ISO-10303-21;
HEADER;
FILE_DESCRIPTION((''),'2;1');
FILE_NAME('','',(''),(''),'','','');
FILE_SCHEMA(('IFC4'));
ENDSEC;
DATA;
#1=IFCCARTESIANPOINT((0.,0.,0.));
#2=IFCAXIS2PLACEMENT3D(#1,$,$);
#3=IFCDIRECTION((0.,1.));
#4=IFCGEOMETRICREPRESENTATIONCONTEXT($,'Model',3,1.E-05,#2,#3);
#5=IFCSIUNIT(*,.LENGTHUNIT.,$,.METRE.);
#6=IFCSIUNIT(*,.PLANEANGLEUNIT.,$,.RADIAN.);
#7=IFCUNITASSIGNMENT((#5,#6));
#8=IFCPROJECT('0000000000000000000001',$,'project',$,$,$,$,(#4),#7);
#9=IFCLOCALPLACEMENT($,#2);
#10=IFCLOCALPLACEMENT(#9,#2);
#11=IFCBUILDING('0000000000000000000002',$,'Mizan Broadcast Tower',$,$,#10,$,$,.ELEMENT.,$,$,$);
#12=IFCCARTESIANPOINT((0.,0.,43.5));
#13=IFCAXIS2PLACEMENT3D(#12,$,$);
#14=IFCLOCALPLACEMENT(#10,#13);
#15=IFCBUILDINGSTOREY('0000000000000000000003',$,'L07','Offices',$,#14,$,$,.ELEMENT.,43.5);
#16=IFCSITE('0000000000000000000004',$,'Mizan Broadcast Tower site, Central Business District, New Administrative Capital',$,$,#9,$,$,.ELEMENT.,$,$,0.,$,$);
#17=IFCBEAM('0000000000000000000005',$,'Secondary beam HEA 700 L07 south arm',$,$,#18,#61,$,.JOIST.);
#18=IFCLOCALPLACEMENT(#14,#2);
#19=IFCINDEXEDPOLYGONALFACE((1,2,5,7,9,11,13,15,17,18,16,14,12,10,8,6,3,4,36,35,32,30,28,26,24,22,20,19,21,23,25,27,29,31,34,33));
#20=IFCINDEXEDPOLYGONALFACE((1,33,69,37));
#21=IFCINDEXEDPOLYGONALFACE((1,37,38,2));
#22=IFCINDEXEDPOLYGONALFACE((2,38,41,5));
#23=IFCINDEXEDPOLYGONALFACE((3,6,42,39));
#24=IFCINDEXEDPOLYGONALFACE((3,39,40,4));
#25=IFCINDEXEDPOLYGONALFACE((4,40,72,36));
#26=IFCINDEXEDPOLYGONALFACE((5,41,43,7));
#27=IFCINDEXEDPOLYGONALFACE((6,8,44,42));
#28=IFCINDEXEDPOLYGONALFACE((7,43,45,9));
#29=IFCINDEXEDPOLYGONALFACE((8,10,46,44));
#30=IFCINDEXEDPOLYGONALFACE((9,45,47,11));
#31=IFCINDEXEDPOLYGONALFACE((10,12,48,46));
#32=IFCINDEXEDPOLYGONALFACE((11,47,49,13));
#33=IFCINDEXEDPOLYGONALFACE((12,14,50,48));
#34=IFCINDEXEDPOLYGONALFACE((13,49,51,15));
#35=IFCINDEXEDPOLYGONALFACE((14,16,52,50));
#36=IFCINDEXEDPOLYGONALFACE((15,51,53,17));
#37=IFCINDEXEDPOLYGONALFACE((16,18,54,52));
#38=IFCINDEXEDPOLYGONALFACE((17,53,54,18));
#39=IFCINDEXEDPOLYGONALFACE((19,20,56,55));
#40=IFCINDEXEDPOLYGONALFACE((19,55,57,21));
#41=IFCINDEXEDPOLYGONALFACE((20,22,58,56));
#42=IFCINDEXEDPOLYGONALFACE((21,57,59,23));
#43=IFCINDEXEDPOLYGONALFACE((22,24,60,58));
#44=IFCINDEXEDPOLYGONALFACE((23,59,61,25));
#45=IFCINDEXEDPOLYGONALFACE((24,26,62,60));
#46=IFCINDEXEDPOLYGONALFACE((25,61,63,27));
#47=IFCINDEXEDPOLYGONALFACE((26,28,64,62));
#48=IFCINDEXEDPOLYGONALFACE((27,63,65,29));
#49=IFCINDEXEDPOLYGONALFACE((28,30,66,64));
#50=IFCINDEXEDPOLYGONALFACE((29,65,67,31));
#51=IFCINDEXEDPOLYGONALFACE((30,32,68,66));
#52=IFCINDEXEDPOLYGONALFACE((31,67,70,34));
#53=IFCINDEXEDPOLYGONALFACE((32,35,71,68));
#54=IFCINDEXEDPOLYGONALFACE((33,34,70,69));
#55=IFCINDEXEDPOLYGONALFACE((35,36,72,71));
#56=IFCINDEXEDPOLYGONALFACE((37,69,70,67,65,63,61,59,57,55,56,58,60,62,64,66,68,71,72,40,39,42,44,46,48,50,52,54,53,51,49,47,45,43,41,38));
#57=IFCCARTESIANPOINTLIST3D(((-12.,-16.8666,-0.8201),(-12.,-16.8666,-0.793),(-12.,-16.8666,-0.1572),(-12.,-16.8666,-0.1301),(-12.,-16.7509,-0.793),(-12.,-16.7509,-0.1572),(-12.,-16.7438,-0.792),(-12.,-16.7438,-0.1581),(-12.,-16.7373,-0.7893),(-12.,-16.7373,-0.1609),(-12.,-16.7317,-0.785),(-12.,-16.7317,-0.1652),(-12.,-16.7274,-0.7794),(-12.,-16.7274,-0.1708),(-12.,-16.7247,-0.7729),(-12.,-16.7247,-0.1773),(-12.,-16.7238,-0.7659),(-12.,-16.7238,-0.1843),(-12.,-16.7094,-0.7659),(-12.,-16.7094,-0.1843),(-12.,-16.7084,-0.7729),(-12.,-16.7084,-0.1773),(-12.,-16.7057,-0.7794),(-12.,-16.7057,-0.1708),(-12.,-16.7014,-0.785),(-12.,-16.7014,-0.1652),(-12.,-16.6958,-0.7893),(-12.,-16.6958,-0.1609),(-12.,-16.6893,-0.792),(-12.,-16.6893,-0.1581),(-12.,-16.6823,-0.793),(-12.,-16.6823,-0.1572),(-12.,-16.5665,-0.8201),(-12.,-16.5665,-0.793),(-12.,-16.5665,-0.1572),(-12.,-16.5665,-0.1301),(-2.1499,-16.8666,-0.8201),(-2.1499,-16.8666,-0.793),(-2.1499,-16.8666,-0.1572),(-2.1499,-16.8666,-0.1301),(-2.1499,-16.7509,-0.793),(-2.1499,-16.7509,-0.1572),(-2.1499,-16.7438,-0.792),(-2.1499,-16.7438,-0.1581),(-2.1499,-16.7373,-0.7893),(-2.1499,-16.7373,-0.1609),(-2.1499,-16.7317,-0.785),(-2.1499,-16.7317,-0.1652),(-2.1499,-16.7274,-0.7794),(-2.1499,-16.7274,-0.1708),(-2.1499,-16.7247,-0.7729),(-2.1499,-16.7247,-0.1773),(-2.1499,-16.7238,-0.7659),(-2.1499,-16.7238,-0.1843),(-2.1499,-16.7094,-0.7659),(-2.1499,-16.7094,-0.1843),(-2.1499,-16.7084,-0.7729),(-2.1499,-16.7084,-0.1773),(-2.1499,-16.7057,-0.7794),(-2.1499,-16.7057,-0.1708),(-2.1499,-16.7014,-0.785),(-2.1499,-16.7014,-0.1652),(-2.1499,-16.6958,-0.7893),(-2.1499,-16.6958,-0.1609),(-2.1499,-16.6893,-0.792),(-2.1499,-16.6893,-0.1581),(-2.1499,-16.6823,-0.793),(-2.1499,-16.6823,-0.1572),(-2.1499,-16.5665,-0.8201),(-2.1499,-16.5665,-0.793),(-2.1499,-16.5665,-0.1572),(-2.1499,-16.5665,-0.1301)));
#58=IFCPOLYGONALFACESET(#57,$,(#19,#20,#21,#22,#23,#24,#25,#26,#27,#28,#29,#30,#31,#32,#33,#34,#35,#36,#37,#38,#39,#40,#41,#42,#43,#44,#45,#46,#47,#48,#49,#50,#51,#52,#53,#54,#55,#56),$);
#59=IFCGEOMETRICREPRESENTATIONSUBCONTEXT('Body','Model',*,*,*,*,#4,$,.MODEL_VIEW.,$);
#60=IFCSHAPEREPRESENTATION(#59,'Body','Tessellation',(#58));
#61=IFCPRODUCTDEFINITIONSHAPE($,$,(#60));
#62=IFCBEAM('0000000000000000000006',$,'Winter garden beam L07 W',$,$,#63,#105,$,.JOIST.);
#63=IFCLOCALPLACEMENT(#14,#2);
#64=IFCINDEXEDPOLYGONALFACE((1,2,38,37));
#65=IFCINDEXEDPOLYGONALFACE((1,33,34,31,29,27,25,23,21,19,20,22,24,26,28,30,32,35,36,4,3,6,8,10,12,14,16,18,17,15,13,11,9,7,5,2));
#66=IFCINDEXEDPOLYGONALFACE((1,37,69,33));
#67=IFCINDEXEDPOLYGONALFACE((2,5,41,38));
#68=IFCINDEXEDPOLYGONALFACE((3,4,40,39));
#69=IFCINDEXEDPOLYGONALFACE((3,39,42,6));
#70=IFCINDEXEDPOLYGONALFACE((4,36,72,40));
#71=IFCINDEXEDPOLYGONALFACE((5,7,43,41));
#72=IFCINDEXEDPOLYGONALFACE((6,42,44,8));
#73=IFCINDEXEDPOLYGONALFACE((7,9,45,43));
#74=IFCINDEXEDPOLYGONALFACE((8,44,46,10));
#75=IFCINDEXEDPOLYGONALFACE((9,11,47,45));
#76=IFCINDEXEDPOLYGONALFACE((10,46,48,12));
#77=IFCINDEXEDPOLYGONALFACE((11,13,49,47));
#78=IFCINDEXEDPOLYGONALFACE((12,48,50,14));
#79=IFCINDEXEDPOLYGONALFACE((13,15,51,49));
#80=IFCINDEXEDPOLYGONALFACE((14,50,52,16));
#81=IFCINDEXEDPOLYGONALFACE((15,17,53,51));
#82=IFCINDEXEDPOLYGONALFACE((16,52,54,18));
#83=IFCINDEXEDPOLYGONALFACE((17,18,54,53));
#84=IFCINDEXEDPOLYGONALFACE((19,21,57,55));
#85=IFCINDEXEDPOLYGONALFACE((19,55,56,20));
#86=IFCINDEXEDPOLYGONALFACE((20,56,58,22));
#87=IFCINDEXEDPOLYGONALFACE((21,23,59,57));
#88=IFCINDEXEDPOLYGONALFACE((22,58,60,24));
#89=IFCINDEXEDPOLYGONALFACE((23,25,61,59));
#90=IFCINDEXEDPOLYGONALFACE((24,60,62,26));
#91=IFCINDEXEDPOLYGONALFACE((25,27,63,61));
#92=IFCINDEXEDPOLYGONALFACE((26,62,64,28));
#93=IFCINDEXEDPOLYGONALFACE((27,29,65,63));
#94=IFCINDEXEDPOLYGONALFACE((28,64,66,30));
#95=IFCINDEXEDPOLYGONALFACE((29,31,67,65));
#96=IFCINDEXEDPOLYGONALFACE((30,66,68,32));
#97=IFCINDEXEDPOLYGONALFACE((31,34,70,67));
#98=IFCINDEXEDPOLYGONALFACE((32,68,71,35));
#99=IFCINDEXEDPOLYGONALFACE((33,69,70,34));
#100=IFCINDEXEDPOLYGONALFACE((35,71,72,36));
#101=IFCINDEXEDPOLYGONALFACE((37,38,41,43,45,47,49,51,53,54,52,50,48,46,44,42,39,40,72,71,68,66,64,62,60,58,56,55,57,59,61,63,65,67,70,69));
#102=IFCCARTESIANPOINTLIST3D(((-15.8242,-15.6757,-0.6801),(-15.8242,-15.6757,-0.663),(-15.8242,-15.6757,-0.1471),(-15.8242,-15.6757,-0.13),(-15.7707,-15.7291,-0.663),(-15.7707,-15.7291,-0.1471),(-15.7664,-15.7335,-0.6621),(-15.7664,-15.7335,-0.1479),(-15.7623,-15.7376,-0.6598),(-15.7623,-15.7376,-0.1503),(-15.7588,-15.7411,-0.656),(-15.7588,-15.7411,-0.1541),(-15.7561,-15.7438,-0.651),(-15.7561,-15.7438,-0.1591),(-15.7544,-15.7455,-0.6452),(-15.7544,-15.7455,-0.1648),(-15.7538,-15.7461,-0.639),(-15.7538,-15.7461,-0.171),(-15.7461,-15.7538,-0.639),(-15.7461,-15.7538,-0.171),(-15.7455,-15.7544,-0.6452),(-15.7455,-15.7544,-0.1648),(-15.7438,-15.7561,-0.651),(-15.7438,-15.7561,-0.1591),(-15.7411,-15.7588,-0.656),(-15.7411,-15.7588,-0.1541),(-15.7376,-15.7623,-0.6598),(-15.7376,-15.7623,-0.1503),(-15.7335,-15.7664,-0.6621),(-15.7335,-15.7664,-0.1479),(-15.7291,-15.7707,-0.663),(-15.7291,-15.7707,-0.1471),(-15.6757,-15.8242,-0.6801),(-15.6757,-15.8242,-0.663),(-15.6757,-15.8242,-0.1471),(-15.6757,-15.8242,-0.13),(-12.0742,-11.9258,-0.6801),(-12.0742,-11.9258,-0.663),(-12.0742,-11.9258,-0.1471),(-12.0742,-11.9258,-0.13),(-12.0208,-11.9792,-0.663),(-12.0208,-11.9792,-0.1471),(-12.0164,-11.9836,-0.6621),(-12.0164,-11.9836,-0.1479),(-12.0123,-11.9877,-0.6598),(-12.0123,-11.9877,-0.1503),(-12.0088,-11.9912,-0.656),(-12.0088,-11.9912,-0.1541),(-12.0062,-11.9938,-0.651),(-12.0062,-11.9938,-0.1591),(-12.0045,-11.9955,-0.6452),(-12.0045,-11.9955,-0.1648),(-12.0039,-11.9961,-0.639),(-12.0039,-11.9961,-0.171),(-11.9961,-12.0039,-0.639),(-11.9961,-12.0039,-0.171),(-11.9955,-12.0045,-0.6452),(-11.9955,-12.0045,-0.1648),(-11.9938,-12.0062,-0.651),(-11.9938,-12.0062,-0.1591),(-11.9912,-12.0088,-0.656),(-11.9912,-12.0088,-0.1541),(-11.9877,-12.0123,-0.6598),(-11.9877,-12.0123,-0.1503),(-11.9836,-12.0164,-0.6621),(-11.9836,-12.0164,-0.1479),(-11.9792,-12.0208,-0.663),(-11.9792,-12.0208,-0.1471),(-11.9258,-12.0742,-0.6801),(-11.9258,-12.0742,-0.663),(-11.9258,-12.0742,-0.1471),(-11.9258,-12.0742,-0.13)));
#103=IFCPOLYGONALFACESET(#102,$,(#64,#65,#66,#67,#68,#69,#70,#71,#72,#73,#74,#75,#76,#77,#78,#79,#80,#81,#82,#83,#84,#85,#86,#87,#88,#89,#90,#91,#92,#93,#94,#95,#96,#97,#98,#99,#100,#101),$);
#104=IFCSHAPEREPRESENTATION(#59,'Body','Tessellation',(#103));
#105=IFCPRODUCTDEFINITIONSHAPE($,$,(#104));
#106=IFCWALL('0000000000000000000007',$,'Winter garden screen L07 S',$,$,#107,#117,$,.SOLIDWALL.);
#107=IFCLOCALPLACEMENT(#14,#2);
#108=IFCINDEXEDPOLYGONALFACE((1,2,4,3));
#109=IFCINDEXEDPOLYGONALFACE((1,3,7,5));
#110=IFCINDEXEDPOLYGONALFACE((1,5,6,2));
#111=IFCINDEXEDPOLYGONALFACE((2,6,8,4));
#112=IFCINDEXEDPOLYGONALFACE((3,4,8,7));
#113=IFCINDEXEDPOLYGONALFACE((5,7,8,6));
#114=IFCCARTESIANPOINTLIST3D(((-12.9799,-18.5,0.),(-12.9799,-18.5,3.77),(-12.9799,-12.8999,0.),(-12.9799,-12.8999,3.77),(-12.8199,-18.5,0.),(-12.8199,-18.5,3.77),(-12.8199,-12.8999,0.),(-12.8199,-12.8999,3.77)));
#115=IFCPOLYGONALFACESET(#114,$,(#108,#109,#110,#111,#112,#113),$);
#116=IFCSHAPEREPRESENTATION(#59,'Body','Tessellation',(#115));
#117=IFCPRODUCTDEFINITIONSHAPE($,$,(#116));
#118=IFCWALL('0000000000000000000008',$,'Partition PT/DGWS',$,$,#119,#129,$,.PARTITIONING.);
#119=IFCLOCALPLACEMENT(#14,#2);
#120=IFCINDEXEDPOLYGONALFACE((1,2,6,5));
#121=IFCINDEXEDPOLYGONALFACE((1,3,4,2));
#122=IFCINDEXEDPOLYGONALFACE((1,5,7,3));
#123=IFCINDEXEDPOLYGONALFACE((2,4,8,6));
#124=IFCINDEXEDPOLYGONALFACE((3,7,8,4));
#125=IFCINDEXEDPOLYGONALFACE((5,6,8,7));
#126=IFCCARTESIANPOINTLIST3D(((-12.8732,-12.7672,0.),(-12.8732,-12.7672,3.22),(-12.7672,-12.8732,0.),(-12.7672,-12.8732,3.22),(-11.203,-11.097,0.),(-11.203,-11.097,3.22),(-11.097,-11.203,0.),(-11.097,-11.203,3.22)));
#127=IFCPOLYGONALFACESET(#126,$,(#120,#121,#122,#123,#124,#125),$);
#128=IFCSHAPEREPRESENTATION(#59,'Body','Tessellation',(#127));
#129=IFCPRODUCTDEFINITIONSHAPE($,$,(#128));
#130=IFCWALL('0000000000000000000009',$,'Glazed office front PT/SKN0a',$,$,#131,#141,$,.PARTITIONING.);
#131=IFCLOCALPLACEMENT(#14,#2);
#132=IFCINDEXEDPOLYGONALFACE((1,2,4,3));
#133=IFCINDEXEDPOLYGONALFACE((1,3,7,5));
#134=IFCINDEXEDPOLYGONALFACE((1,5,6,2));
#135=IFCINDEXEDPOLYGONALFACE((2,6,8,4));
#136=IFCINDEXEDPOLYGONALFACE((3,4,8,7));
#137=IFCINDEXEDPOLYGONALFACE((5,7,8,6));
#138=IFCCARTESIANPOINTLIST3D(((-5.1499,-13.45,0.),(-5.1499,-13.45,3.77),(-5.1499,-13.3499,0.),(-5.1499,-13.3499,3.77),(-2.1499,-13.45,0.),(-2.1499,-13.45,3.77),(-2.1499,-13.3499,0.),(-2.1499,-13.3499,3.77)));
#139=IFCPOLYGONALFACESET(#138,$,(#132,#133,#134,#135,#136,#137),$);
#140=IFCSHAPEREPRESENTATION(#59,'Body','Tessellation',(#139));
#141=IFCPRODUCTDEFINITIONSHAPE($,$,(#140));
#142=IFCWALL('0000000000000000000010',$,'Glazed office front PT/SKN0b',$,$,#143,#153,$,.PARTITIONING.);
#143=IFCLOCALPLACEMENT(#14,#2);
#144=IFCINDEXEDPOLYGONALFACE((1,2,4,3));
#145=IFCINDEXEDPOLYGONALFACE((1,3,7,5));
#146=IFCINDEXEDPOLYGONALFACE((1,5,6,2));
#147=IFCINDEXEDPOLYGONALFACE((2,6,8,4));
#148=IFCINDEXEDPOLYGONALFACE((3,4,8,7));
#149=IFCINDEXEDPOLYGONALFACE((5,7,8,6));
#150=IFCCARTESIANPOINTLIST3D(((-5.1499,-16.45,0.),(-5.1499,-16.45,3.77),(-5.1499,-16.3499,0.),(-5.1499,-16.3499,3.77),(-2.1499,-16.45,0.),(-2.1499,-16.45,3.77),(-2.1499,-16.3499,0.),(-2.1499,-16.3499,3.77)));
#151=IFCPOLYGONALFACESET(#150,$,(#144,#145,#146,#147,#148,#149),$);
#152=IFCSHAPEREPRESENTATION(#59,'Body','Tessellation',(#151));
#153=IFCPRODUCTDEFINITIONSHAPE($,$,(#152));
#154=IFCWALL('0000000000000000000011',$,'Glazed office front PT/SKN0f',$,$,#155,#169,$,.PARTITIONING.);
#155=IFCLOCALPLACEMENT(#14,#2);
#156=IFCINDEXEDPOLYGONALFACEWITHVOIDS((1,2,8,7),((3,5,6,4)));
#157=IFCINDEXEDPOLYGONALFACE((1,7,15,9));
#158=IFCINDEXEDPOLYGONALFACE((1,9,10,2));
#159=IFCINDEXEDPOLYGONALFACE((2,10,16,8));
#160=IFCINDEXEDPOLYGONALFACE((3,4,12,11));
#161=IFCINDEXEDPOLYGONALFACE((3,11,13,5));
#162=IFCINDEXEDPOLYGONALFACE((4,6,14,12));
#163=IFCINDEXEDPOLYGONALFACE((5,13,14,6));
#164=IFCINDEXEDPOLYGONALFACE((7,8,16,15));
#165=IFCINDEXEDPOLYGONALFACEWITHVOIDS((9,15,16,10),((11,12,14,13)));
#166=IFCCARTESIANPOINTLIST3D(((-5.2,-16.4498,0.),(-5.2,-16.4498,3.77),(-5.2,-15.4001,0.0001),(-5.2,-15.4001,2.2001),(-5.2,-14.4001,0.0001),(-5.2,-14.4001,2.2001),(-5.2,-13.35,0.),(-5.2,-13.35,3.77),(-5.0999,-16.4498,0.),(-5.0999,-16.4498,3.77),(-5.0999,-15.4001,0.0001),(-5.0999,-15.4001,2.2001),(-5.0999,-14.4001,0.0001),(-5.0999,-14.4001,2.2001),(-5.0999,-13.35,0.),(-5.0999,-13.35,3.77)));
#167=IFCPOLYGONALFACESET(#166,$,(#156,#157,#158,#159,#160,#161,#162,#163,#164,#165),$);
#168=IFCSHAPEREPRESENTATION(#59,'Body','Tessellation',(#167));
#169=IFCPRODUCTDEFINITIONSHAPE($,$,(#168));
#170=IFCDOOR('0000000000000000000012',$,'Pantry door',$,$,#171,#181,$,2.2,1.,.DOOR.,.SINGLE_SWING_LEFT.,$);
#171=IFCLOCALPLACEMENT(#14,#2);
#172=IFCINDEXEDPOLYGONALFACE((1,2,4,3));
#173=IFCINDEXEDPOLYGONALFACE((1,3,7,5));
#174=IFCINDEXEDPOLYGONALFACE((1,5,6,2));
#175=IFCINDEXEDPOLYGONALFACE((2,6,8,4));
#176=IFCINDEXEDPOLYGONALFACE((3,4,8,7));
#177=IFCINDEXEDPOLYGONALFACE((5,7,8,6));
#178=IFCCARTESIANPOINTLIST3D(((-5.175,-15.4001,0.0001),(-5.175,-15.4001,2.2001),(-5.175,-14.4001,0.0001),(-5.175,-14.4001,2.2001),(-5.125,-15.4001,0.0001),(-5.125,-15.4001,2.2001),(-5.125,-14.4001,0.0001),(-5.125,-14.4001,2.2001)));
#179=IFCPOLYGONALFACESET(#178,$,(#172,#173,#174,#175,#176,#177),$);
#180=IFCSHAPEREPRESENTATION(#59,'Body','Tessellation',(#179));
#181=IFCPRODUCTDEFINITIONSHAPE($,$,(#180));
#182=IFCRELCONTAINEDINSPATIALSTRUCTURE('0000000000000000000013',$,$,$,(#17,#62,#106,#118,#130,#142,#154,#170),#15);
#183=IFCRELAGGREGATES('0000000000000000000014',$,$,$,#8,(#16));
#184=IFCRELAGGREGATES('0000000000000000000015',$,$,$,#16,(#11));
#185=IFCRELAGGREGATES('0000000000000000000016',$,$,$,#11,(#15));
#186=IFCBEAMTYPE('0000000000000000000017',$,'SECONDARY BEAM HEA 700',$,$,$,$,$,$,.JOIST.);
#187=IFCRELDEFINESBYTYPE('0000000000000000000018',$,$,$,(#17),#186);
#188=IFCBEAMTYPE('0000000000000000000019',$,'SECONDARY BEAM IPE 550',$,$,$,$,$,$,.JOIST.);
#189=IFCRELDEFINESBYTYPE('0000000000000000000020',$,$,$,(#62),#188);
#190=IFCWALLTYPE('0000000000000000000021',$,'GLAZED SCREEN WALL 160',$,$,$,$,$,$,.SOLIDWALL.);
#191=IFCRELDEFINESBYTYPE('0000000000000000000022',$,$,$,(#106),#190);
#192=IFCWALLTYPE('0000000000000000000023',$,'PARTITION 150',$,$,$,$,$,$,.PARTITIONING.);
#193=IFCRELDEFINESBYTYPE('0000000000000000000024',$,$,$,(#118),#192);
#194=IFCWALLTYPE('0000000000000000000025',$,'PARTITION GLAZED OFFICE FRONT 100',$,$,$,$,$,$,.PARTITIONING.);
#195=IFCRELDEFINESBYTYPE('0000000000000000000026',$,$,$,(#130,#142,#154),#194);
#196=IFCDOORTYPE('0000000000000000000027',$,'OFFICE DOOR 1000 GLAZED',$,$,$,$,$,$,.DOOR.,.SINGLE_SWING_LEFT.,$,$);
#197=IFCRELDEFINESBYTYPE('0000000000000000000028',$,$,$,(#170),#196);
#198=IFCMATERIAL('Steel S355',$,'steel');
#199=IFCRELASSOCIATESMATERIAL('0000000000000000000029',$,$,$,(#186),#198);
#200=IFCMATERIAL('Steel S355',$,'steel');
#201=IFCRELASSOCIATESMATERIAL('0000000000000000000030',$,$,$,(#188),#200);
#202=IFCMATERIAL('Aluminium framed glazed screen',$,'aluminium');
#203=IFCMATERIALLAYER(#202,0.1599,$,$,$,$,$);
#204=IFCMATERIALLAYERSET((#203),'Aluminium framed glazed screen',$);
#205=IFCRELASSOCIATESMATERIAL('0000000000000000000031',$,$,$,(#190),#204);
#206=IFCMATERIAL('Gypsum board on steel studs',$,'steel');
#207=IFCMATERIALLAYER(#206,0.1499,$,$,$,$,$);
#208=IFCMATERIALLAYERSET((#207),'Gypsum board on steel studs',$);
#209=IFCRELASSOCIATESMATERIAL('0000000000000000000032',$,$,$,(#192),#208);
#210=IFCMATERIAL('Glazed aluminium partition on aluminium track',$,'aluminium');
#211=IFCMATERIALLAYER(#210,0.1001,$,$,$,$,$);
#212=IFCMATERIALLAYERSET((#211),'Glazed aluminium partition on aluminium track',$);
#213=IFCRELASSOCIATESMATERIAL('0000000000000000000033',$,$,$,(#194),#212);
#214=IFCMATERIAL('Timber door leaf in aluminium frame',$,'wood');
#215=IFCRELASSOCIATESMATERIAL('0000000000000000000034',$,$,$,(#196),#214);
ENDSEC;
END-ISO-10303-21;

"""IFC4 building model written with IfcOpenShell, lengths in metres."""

from ifc_helpers import new_model, si_unit, direction, frame, frame_2d, origin, origin_2d, place, context, subcontext, project, spatial, rectangle, i_section, extrude, material, layer, layer_set, material_profile, profile_set, type_object, element, fill, save


model = new_model("IFC4")

# Units and contexts
model_context = context("Model", 3, precision=1e-05, world=origin(), true_north=direction((0.0, 1.0)))
body_context = subcontext(model_context, "Body", "Model", "MODEL_VIEW")
ifc_project = project(units=[si_unit("LENGTHUNIT", "METRE"), si_unit("PLANEANGLEUNIT", "RADIAN")], contexts=[model_context])

# Site, building, storey
site_placement = place(None, origin())
site = spatial("IfcSite", under=ifc_project, at=site_placement, Name="Mizan Broadcast Tower site, Central Business District, New Administrative Capital", CompositionType="ELEMENT", RefElevation=0.0)
building_placement = place(site_placement, origin())
building = spatial("IfcBuilding", under=site, at=building_placement, Name="Mizan Broadcast Tower", CompositionType="ELEMENT")
storey_placement = place(building_placement, frame((0.0, 0.0, 43.5)))
storey = spatial("IfcBuildingStorey", under=building, at=storey_placement, Name="L07", Description="Offices", CompositionType="ELEMENT", Elevation=43.5)

# Beams
ifc_material_1 = material(Name="Steel S355", Category="steel")
ifc_material_profile_1 = material_profile(ifc_material_1, i_section(OverallWidth=0.3, OverallDepth=0.6899, WebThickness=0.0144, FlangeThickness=0.0271, FilletRadius=0.0271, at=origin_2d()), Name="HEA 700")
ifc_profile_set_1 = profile_set([ifc_material_profile_1], Name="Steel S355")
beam_type_1 = type_object("IfcBeamType", Name="SECONDARY BEAM HEA 700", PredefinedType="JOIST", material=ifc_profile_set_1)
for number, where, z_axis, x_axis, name in (
    (1, (-12.0, -16.7166, -0.4751), (1.0, 0.0, 0.0), (0.0, 1.0, 0.0), "Secondary beam HEA 700 L07 south arm"),
):
    element("IfcBeam", number, at=place(storey_placement, frame(where, z_axis=z_axis, x_axis=x_axis)), inside=storey, type_object=beam_type_1, Name=name, PredefinedType="JOIST", context=body_context, shape_type="SweptSolid", body=[
        extrude(i_section(OverallWidth=0.3, OverallDepth=0.6899, WebThickness=0.0144, FlangeThickness=0.0271, FilletRadius=0.0271, at=origin_2d()), origin(), (0.0, 0.0, 1.0), 9.8501),
    ])
ifc_material_2 = material(Name="Steel S355", Category="steel")
ifc_material_profile_2 = material_profile(ifc_material_2, i_section(OverallWidth=0.21, OverallDepth=0.55, WebThickness=0.011, FlangeThickness=0.0171, FilletRadius=0.0239, at=origin_2d()), Name="IPE 550")
ifc_profile_set_2 = profile_set([ifc_material_profile_2], Name="Steel S355")
beam_type_2 = type_object("IfcBeamType", Name="SECONDARY BEAM IPE 550", PredefinedType="JOIST", material=ifc_profile_set_2)
beam_1_placement = place(storey_placement, frame((-12.0, -12.0, -0.405), z_axis=(-0.707107, -0.707107, 0.0), x_axis=(0.707107, -0.707107, 0.0)))
element("IfcBeam", 2, at=beam_1_placement, inside=storey, type_object=beam_type_2, Name="Winter garden beam L07 W", PredefinedType="JOIST", context=body_context, shape_type="SweptSolid", body=[
    extrude(i_section(OverallWidth=0.21, OverallDepth=0.55, WebThickness=0.011, FlangeThickness=0.0171, FilletRadius=0.0239, at=origin_2d()), origin(), (0.0, 0.0, 1.0), 5.3032),
])

# Walls
ifc_material_3 = material(Name="Aluminium framed glazed screen", Category="aluminium")
ifc_layer_1 = layer(ifc_material_3, 0.1599)
ifc_layer_set_1 = layer_set([ifc_layer_1], Name="Aluminium framed glazed screen")
wall_type_1 = type_object("IfcWallType", Name="GLAZED SCREEN WALL 160", PredefinedType="SOLIDWALL", material=ifc_layer_set_1)
wall_1_placement = place(storey_placement, frame((-12.8999, -12.8999, 0.0), z_axis=(0.0, 0.0, 1.0), x_axis=(0.0, -1.0, 0.0)))
element("IfcWall", 3, at=wall_1_placement, inside=storey, type_object=wall_type_1, Name="Winter garden screen L07 S", PredefinedType="SOLIDWALL", context=body_context, shape_type="SweptSolid", body=[
    extrude(rectangle(XDim=5.6001, YDim=0.1599, at=frame_2d((2.8, 0.0))), origin(), (0.0, 0.0, 1.0), 3.77),
])
ifc_material_4 = material(Name="Gypsum board on steel studs", Category="steel")
ifc_layer_2 = layer(ifc_material_4, 0.1499)
ifc_layer_set_2 = layer_set([ifc_layer_2], Name="Gypsum board on steel studs")
wall_type_2 = type_object("IfcWallType", Name="PARTITION 150", PredefinedType="PARTITIONING", material=ifc_layer_set_2)
wall_2_placement = place(storey_placement, frame((-11.1499, -11.1499, 0.0), z_axis=(0.0, 0.0, 1.0), x_axis=(-0.707107, -0.707107, 0.0)))
element("IfcWall", 4, at=wall_2_placement, inside=storey, type_object=wall_type_2, Name="Partition PT/DGWS", PredefinedType="PARTITIONING", context=body_context, shape_type="SweptSolid", body=[
    extrude(rectangle(XDim=2.3621, YDim=0.1499, at=frame_2d((1.1812, 0.0))), origin(), (0.0, 0.0, 1.0), 3.22),
])
ifc_material_5 = material(Name="Glazed aluminium partition on aluminium track", Category="aluminium")
ifc_layer_3 = layer(ifc_material_5, 0.1001)
ifc_layer_set_3 = layer_set([ifc_layer_3], Name="Glazed aluminium partition on aluminium track")
wall_type_3 = type_object("IfcWallType", Name="PARTITION GLAZED OFFICE FRONT 100", PredefinedType="PARTITIONING", material=ifc_layer_set_3)
for number, where, z_axis, x_axis, name in (
    (5, (-2.1499, -13.3999, 0.0), (0.0, 0.0, 1.0), (-1.0, 0.0, 0.0), "Glazed office front PT/SKN0a"),
    (6, (-2.1499, -16.3999, 0.0), (0.0, 0.0, 1.0), (-1.0, 0.0, 0.0), "Glazed office front PT/SKN0b"),
):
    element("IfcWall", number, at=place(storey_placement, frame(where, z_axis=z_axis, x_axis=x_axis)), inside=storey, type_object=wall_type_3, Name=name, PredefinedType="PARTITIONING", context=body_context, shape_type="SweptSolid", body=[
        extrude(rectangle(XDim=3.0, YDim=0.1001, at=frame_2d((1.5, 0.0))), origin(), (0.0, 0.0, 1.0), 3.77),
    ])

# Wall, opening, door
wall_3_placement = place(storey_placement, frame((-5.1499, -13.3501, 0.0), z_axis=(0.0, 0.0, 1.0), x_axis=(0.0, -1.0, 0.0)))
wall_3 = element("IfcWall", 7, at=wall_3_placement, inside=storey, type_object=wall_type_3, Name="Glazed office front PT/SKN0f", PredefinedType="PARTITIONING", context=body_context, shape_type="SweptSolid", body=[
    extrude(rectangle(XDim=3.0999, YDim=0.1001, at=frame_2d((1.5498, 0.0))), origin(), (0.0, 0.0, 1.0), 3.77),
])
opening_placement = place(wall_3_placement, frame((1.05, 0.0, 0.0)))
opening = element("IfcOpeningElement", 8, at=opening_placement, cuts=wall_3, PredefinedType="OPENING", context=body_context, shape_type="SweptSolid", body=[
    extrude(rectangle(XDim=1.0, YDim=2.2, at=frame_2d((0.5, 1.1001))), frame((0.0, 0.0601, 0.0), z_axis=(0.0, -1.0, 0.0), x_axis=(1.0, 0.0, 0.0)), (0.0, 0.0, 1.0), 0.1201),
])
ifc_material_6 = material(Name="Timber door leaf in aluminium frame", Category="wood")
door_type = type_object("IfcDoorType", Name="OFFICE DOOR 1000 GLAZED", OperationType="SINGLE_SWING_LEFT", PredefinedType="DOOR", material=ifc_material_6)
door_placement = place(opening_placement, origin())
door = element("IfcDoor", 9, at=door_placement, inside=storey, type_object=door_type, Name="Pantry door", OperationType="SINGLE_SWING_LEFT", OverallHeight=2.2, OverallWidth=1.0, PredefinedType="DOOR", context=body_context, shape_type="SweptSolid", body=[
    extrude(rectangle(XDim=1.0, YDim=2.2, at=frame_2d((0.5, 1.1001))), frame((0.0, 0.0249, 0.0), z_axis=(0.0, -1.0, 0.0), x_axis=(1.0, 0.0, 0.0)), (0.0, 0.0, 1.0), 0.05),
])
fill(opening, door)

save(model, "model.ifc")
